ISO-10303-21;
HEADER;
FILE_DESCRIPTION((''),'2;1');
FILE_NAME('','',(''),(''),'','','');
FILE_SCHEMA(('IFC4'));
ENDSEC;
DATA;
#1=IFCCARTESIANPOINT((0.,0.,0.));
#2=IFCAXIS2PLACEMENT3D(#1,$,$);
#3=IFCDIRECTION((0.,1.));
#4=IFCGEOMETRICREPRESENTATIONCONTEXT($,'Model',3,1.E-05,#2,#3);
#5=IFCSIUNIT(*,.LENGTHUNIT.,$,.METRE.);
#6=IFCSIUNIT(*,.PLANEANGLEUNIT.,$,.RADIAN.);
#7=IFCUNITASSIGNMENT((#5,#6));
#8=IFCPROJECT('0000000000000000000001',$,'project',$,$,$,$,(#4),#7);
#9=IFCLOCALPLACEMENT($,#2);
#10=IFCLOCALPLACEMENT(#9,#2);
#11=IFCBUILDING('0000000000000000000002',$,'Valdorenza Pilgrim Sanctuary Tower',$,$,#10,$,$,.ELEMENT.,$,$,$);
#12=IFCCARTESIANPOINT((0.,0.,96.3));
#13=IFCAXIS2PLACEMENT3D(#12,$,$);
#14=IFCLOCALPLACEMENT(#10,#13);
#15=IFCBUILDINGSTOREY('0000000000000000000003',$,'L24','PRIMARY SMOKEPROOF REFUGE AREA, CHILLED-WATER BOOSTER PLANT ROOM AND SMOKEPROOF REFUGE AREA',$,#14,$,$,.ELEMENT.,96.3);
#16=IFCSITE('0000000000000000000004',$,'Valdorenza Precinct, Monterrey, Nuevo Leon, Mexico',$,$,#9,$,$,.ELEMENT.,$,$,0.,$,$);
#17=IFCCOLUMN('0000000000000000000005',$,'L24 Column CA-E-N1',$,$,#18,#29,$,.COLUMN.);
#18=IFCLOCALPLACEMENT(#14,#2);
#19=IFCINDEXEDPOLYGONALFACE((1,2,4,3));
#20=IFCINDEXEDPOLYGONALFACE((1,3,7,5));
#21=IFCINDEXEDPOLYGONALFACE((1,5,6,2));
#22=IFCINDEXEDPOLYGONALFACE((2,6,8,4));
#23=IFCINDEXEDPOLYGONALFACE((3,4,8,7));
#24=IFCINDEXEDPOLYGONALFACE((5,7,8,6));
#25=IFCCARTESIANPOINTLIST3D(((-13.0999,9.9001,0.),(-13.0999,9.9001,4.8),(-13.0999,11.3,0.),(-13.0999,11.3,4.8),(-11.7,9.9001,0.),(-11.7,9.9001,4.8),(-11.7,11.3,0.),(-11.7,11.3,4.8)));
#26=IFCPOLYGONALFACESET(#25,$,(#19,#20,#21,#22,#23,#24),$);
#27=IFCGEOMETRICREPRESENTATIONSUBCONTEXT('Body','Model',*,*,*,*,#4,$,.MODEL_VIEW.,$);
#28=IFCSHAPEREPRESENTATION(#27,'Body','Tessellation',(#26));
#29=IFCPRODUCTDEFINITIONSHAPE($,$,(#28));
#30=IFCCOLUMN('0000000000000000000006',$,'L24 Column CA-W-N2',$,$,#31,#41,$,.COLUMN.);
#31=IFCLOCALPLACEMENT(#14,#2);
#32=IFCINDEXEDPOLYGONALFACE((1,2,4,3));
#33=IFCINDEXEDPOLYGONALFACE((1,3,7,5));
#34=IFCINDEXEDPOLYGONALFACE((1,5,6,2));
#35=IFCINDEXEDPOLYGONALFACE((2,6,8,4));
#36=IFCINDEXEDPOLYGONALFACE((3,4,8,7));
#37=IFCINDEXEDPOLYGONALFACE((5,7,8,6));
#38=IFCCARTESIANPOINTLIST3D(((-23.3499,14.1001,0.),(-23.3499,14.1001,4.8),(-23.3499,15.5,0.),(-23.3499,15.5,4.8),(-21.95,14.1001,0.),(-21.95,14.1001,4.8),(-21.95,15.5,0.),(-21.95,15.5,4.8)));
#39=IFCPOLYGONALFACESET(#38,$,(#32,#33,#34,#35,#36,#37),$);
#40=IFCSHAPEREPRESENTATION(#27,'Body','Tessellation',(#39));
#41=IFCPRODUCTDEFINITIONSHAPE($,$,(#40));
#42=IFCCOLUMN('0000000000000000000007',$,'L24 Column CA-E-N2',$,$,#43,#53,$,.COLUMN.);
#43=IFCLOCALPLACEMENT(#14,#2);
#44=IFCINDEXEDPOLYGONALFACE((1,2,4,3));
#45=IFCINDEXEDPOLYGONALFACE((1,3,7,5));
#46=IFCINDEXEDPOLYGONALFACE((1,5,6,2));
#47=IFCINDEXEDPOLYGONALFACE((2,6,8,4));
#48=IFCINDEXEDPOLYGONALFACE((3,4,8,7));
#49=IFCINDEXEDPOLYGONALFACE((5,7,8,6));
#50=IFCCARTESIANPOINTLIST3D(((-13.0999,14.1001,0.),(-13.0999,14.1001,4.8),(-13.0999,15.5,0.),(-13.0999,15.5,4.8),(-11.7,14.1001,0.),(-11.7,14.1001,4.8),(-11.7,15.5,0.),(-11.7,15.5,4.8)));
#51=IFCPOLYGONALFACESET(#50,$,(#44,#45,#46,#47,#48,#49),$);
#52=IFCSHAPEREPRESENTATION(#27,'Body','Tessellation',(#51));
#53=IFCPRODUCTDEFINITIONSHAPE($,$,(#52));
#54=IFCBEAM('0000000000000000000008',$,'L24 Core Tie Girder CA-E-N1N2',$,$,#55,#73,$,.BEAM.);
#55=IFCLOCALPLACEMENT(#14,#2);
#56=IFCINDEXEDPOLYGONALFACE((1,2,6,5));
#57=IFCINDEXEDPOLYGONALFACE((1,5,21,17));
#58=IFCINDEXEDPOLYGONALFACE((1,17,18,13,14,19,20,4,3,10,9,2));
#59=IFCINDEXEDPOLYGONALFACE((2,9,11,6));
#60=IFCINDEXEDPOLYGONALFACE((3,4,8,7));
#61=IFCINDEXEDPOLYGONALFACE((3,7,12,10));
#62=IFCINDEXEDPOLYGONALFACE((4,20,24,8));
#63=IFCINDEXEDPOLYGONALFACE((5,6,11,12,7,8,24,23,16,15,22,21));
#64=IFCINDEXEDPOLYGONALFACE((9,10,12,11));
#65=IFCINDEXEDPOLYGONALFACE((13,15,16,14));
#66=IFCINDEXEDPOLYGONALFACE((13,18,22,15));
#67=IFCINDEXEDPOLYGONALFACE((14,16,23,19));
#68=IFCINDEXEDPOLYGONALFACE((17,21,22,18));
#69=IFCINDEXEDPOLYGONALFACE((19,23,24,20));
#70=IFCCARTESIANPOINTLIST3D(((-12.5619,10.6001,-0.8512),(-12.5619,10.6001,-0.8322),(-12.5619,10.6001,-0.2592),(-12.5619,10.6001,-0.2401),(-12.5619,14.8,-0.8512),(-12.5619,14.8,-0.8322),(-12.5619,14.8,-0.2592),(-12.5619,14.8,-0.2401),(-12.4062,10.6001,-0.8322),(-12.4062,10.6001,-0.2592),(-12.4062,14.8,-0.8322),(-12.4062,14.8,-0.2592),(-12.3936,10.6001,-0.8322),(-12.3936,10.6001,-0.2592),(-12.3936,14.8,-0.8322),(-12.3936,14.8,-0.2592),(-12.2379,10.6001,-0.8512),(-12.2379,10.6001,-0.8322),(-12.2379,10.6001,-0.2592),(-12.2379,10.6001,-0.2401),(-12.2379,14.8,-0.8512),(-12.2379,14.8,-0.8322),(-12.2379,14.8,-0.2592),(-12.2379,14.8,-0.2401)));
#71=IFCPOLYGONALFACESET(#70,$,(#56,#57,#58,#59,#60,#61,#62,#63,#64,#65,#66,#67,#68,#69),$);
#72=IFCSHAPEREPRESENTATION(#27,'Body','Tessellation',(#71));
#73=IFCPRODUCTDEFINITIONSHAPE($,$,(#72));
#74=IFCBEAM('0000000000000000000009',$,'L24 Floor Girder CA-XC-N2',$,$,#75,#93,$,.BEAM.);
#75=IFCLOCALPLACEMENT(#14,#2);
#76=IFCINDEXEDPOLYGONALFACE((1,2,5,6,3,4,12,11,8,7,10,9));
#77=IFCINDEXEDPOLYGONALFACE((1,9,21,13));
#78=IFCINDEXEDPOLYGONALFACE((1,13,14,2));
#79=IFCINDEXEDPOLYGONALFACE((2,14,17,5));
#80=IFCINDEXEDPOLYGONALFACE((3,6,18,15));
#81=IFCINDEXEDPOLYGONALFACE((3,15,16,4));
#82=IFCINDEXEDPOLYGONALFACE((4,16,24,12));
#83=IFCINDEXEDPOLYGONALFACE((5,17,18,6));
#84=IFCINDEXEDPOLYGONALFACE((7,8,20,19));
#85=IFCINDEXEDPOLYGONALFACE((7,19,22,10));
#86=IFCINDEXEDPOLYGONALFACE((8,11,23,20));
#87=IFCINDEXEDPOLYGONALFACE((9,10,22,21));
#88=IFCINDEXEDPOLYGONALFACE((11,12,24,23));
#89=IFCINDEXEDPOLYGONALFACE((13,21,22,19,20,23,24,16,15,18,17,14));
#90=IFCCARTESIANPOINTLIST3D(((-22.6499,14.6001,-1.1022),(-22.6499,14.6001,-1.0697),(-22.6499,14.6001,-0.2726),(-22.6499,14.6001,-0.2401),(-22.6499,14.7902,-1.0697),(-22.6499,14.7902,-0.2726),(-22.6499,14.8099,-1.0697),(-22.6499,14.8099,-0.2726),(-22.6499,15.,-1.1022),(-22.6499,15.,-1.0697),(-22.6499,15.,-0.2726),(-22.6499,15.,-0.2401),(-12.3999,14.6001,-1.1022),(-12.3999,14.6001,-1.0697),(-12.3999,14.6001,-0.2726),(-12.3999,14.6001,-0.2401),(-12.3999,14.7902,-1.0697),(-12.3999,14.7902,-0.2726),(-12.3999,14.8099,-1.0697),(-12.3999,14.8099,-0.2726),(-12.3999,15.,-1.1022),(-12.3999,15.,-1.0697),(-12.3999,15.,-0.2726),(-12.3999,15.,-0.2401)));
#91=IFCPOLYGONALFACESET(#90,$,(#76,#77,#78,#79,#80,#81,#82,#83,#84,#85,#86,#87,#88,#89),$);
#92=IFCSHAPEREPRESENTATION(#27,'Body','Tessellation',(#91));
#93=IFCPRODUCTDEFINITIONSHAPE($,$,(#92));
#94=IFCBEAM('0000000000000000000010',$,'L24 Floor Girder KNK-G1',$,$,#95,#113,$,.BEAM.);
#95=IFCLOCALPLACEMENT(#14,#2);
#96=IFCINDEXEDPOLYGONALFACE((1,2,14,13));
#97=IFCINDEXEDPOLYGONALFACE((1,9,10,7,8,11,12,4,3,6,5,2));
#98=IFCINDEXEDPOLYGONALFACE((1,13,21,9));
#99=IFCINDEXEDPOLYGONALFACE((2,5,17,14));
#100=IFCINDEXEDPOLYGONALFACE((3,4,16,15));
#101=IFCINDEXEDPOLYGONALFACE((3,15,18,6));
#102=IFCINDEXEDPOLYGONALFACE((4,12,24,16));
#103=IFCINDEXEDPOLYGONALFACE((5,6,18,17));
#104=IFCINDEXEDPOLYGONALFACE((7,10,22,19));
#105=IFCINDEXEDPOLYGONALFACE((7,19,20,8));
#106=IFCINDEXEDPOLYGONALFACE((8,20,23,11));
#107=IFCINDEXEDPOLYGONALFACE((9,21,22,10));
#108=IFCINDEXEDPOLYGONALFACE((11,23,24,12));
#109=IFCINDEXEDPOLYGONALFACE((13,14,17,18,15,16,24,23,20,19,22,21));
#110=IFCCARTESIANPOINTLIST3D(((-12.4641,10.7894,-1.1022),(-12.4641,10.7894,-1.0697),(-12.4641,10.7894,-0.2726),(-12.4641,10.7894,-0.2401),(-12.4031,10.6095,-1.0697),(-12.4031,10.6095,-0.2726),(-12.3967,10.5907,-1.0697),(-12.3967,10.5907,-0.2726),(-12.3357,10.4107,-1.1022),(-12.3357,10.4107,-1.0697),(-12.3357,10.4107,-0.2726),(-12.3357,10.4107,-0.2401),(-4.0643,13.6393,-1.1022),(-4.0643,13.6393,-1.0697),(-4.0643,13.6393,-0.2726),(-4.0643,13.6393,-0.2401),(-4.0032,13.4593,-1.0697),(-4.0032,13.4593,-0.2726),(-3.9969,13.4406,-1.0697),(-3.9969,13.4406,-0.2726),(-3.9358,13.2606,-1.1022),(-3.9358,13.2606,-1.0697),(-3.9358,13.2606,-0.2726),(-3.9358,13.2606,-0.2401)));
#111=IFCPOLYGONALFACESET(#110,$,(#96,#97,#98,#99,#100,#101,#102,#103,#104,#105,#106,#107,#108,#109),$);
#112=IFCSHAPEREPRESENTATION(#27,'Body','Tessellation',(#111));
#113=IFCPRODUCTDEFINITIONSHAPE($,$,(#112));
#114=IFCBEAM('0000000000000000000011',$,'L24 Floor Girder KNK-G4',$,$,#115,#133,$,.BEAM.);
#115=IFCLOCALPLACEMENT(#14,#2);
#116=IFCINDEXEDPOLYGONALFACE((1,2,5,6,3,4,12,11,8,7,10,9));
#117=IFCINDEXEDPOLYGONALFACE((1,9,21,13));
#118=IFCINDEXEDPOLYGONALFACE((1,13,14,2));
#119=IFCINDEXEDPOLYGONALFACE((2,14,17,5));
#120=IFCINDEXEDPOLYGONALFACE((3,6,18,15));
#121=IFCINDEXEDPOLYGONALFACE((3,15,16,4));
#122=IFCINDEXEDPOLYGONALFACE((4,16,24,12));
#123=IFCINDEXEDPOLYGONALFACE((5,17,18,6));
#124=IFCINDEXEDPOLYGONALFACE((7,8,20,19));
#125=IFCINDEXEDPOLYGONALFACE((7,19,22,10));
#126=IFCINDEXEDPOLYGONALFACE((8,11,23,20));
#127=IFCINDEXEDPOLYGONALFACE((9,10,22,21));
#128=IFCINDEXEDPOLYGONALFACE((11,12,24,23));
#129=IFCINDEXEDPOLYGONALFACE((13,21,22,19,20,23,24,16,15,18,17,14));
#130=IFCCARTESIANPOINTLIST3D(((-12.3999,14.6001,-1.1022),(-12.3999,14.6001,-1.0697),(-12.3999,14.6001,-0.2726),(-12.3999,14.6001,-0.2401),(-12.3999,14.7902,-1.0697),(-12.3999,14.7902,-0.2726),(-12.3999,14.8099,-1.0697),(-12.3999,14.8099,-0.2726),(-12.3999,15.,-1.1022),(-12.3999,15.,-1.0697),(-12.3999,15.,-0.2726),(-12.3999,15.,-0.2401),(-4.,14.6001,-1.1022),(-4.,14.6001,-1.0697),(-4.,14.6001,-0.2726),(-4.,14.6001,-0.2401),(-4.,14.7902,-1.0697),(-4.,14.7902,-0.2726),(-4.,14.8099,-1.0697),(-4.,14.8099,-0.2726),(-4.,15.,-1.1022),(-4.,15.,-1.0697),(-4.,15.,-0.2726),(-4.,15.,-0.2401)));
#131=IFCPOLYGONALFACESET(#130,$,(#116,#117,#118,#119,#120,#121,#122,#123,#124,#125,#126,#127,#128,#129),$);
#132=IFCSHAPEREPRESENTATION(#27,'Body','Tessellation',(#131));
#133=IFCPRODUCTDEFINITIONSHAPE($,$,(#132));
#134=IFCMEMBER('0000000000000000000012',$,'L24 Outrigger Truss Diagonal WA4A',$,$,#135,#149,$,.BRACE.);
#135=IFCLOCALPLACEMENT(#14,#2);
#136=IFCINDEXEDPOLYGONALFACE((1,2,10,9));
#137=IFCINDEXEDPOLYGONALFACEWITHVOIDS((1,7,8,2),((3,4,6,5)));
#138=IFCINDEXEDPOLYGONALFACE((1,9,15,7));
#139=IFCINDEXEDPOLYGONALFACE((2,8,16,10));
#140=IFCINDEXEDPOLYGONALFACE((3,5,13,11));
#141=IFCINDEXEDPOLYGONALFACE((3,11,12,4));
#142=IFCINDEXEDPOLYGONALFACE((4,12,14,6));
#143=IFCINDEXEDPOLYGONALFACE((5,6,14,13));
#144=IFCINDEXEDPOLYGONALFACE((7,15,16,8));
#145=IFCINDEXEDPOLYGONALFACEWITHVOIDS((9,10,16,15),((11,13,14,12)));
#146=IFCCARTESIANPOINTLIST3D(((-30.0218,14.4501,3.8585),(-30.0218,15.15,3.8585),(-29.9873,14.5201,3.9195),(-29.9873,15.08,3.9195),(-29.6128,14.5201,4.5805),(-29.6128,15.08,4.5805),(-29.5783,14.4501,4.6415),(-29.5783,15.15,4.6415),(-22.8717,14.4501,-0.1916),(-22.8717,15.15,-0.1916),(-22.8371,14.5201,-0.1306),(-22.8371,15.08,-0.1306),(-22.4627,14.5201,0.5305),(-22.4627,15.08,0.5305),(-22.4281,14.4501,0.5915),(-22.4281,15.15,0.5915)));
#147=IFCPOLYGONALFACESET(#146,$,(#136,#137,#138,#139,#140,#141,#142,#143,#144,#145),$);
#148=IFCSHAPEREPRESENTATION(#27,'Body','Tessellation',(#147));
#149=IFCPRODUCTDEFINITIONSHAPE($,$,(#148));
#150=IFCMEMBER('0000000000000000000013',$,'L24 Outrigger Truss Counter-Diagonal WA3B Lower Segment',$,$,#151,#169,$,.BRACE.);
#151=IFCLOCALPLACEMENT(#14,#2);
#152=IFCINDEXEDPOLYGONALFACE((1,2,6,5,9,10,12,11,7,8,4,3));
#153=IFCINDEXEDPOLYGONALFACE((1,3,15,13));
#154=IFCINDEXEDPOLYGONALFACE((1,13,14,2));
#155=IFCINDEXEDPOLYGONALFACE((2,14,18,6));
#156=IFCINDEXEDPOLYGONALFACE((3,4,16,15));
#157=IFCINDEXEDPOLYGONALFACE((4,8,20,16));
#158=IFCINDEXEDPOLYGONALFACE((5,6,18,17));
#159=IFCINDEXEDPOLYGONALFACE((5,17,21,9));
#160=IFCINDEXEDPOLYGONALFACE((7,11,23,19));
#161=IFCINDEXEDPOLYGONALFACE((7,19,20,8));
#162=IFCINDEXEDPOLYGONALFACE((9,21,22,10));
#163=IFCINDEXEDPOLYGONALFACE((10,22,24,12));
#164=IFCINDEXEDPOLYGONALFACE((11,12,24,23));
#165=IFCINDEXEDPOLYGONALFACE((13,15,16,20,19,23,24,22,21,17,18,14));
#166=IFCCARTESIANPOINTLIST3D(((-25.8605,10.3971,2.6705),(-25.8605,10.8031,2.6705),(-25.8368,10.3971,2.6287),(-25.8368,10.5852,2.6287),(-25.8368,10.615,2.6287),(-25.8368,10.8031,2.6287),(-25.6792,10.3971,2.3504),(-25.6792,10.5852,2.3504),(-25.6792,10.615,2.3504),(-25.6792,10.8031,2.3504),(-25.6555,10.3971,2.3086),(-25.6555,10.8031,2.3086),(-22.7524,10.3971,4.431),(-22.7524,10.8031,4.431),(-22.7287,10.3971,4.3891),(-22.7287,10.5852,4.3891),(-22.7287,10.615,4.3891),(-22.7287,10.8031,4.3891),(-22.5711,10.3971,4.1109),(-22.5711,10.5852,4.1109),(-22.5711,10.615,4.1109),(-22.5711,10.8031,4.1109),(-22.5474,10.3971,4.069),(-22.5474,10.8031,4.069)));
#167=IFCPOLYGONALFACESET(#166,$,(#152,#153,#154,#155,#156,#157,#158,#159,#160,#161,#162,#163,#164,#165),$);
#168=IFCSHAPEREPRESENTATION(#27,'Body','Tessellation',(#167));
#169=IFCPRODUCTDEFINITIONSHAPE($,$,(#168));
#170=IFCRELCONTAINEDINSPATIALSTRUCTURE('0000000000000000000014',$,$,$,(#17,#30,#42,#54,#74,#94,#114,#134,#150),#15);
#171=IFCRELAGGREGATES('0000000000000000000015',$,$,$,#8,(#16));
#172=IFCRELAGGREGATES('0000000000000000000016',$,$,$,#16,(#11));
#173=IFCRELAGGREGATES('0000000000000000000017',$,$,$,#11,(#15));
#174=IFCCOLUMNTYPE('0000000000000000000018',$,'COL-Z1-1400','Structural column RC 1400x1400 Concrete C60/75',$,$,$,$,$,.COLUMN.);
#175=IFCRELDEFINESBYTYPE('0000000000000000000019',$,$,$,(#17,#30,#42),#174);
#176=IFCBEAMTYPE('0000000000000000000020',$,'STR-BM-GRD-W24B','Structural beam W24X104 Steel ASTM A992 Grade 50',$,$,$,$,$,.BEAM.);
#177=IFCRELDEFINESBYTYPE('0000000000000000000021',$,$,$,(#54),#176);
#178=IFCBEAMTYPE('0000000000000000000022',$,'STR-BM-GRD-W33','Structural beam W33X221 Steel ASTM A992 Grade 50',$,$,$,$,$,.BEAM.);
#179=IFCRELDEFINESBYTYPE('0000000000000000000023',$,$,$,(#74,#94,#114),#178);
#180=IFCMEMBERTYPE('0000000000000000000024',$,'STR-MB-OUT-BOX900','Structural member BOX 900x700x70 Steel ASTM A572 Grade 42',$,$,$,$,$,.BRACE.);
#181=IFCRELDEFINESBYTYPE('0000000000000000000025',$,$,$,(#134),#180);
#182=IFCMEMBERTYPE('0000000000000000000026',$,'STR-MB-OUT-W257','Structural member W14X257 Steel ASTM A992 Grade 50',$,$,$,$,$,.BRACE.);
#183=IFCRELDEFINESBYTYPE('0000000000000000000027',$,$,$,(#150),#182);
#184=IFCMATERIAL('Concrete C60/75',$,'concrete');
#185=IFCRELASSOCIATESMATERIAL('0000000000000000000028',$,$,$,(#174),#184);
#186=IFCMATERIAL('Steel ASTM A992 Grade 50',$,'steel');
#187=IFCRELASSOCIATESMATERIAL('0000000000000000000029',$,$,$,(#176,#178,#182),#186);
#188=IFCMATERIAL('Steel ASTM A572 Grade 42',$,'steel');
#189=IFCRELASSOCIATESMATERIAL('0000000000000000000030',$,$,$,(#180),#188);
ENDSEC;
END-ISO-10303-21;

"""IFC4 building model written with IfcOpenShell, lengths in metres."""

from ifc_helpers import new_model, si_unit, direction, frame, origin, origin_2d, place, context, subcontext, project, spatial, rectangle, hollow_rectangle, i_section, extrude, source, transform, mapped, material, material_profile, profile_set, type_object, element, save


model = new_model("IFC4")

# Units and contexts
model_context = context("Model", 3, precision=1e-05, world=origin(), true_north=direction((0.0, 1.0)))
body_context = subcontext(model_context, "Body", "Model", "MODEL_VIEW")
ifc_project = project(units=[si_unit("LENGTHUNIT", "METRE"), si_unit("PLANEANGLEUNIT", "RADIAN")], contexts=[model_context])

# Site, building, storey
site_placement = place(None, origin())
site = spatial("IfcSite", under=ifc_project, at=site_placement, Name="Valdorenza Precinct, Monterrey, Nuevo Leon, Mexico", CompositionType="ELEMENT", RefElevation=0.0)
building_placement = place(site_placement, origin())
building = spatial("IfcBuilding", under=site, at=building_placement, Name="Valdorenza Pilgrim Sanctuary Tower", CompositionType="ELEMENT")
storey_placement = place(building_placement, frame((0.0, 0.0, 96.3)))
storey = spatial("IfcBuildingStorey", under=building, at=storey_placement, Name="L24", Description="PRIMARY SMOKEPROOF REFUGE AREA, CHILLED-WATER BOOSTER PLANT ROOM AND SMOKEPROOF REFUGE AREA", CompositionType="ELEMENT", Elevation=96.3)

# Columns
ifc_material_1 = material(Name="Concrete C60/75", Category="concrete")
ifc_material_profile_1 = material_profile(ifc_material_1, rectangle(XDim=1.3999, YDim=1.3999, at=origin_2d()), Name="RC 1400x1400")
ifc_profile_set_1 = profile_set([ifc_material_profile_1], Name="Concrete C60/75")
column_type = type_object("IfcColumnType", Name="COL-Z1-1400", Description="Structural column RC 1400x1400 Concrete C60/75", PredefinedType="COLUMN", material=ifc_profile_set_1)
shared_shape_1 = source(origin(), body_context, "Body", "SweptSolid", [
    extrude(rectangle(XDim=1.3999, YDim=1.3999, at=origin_2d()), origin(), (0.0, 0.0, 1.0), 4.8),
])
for number, where, z_axis, x_axis, name in (
    (1, (-12.3999, 10.6001, 0.0), (0.0, 0.0, 1.0), (1.0, 0.0, 0.0), "L24 Column CA-E-N1"),
    (2, (-22.6499, 14.8, 0.0), (0.0, 0.0, 1.0), (1.0, 0.0, 0.0), "L24 Column CA-W-N2"),
    (3, (-12.3999, 14.8, 0.0), (0.0, 0.0, 1.0), (1.0, 0.0, 0.0), "L24 Column CA-E-N2"),
):
    element("IfcColumn", number, at=place(storey_placement, frame(where, z_axis=z_axis, x_axis=x_axis)), inside=storey, type_object=column_type, Name=name, PredefinedType="COLUMN", context=body_context, shape_type="MappedRepresentation", body=[
        mapped(shared_shape_1, transform((0.0, 0.0, 0.0), x_axis=(1.0, 0.0, 0.0), y_axis=(0.0, 1.0, 0.0), z_axis=(0.0, 0.0, 1.0), scale=1.0)),
    ])

# Beams
ifc_material_2 = material(Name="Steel ASTM A992 Grade 50", Category="steel")
ifc_material_profile_2 = material_profile(ifc_material_2, i_section(OverallWidth=0.324, OverallDepth=0.6111, WebThickness=0.0127, FlangeThickness=0.019, at=origin_2d()), Name="W24X104")
ifc_profile_set_2 = profile_set([ifc_material_profile_2], Name="Steel ASTM A992 Grade 50")
beam_type_1 = type_object("IfcBeamType", Name="STR-BM-GRD-W24B", Description="Structural beam W24X104 Steel ASTM A992 Grade 50", PredefinedType="BEAM", material=ifc_profile_set_2)
shared_shape_2 = source(origin(), body_context, "Body", "SweptSolid", [
    extrude(i_section(OverallWidth=0.324, OverallDepth=0.6111, WebThickness=0.0127, FlangeThickness=0.019, at=origin_2d()), origin(), (0.0, 0.0, 1.0), 4.2),
])
beam_1_placement = place(storey_placement, frame((-12.3999, 10.6001, -0.5457), z_axis=(0.0, 1.0, 0.0), x_axis=(-1.0, 0.0, 0.0)))
element("IfcBeam", 4, at=beam_1_placement, inside=storey, type_object=beam_type_1, Name="L24 Core Tie Girder CA-E-N1N2", PredefinedType="BEAM", context=body_context, shape_type="MappedRepresentation", body=[
    mapped(shared_shape_2, transform((0.0, 0.0, 0.0), x_axis=(1.0, 0.0, 0.0), y_axis=(0.0, 1.0, 0.0), z_axis=(0.0, 0.0, 1.0), scale=1.0)),
])
ifc_material_profile_3 = material_profile(ifc_material_2, i_section(OverallWidth=0.3999, OverallDepth=0.8621, WebThickness=0.0198, FlangeThickness=0.0325, at=origin_2d()), Name="W33X221")
ifc_profile_set_3 = profile_set([ifc_material_profile_3], Name="Steel ASTM A992 Grade 50")
beam_type_2 = type_object("IfcBeamType", Name="STR-BM-GRD-W33", Description="Structural beam W33X221 Steel ASTM A992 Grade 50", PredefinedType="BEAM", material=ifc_profile_set_3)
shared_shape_3 = source(origin(), body_context, "Body", "SweptSolid", [
    extrude(i_section(OverallWidth=0.3999, OverallDepth=0.8621, WebThickness=0.0198, FlangeThickness=0.0325, at=origin_2d()), origin(), (0.0, 0.0, 1.0), 10.25),
])
beam_2_placement = place(storey_placement, frame((-22.6499, 14.8, -0.6711), z_axis=(1.0, 0.0, 0.0), x_axis=(0.0, 1.0, 0.0)))
element("IfcBeam", 5, at=beam_2_placement, inside=storey, type_object=beam_type_2, Name="L24 Floor Girder CA-XC-N2", PredefinedType="BEAM", context=body_context, shape_type="MappedRepresentation", body=[
    mapped(shared_shape_3, transform((0.0, 0.0, 0.0), x_axis=(1.0, 0.0, 0.0), y_axis=(0.0, 1.0, 0.0), z_axis=(0.0, 0.0, 1.0), scale=1.0)),
])
shared_shape_4 = source(origin(), body_context, "Body", "SweptSolid", [
    extrude(i_section(OverallWidth=0.3999, OverallDepth=0.8621, WebThickness=0.0198, FlangeThickness=0.0325, at=origin_2d()), origin(), (0.0, 0.0, 1.0), 8.8701),
])
beam_3_placement = place(storey_placement, frame((-12.3999, 10.6001, -0.6711), z_axis=(0.946983, 0.321285, 0.0), x_axis=(-0.321285, 0.946983, 0.0)))
element("IfcBeam", 6, at=beam_3_placement, inside=storey, type_object=beam_type_2, Name="L24 Floor Girder KNK-G1", PredefinedType="BEAM", context=body_context, shape_type="MappedRepresentation", body=[
    mapped(shared_shape_4, transform((0.0, 0.0, 0.0), x_axis=(1.0, 0.0, 0.0), y_axis=(0.0, 1.0, 0.0), z_axis=(0.0, 0.0, 1.0), scale=1.0)),
])
shared_shape_5 = source(origin(), body_context, "Body", "SweptSolid", [
    extrude(i_section(OverallWidth=0.3999, OverallDepth=0.8621, WebThickness=0.0198, FlangeThickness=0.0325, at=origin_2d()), origin(), (0.0, 0.0, 1.0), 8.3999),
])
beam_4_placement = place(storey_placement, frame((-12.3999, 14.8, -0.6711), z_axis=(1.0, 0.0, 0.0), x_axis=(0.0, 1.0, 0.0)))
element("IfcBeam", 7, at=beam_4_placement, inside=storey, type_object=beam_type_2, Name="L24 Floor Girder KNK-G4", PredefinedType="BEAM", context=body_context, shape_type="MappedRepresentation", body=[
    mapped(shared_shape_5, transform((0.0, 0.0, 0.0), x_axis=(1.0, 0.0, 0.0), y_axis=(0.0, 1.0, 0.0), z_axis=(0.0, 0.0, 1.0), scale=1.0)),
])

# Members
ifc_material_3 = material(Name="Steel ASTM A572 Grade 42", Category="steel")
ifc_material_profile_4 = material_profile(ifc_material_3, hollow_rectangle(XDim=0.7, YDim=0.8999, WallThickness=0.0701, at=origin_2d()), Name="BOX 900x700x70")
ifc_profile_set_4 = profile_set([ifc_material_profile_4], Name="Steel ASTM A572 Grade 42")
member_type_1 = type_object("IfcMemberType", Name="STR-MB-OUT-BOX900", Description="Structural member BOX 900x700x70 Steel ASTM A572 Grade 42", PredefinedType="BRACE", material=ifc_profile_set_4)
shared_shape_6 = source(origin(), body_context, "Body", "SweptSolid", [
    extrude(hollow_rectangle(XDim=0.7, YDim=0.8999, WallThickness=0.0701, at=origin_2d()), origin(), (0.0, 0.0, 1.0), 8.2175),
])
member_1_placement = place(storey_placement, frame((-22.6499, 14.8, 0.2), z_axis=(-0.870111, 0.0, 0.492856), x_axis=(0.0, -1.0, 0.0)))
element("IfcMember", 8, at=member_1_placement, inside=storey, type_object=member_type_1, Name="L24 Outrigger Truss Diagonal WA4A", PredefinedType="BRACE", context=body_context, shape_type="MappedRepresentation", body=[
    mapped(shared_shape_6, transform((0.0, 0.0, 0.0), x_axis=(1.0, 0.0, 0.0), y_axis=(0.0, 1.0, 0.0), z_axis=(0.0, 0.0, 1.0), scale=1.0)),
])
ifc_material_profile_5 = material_profile(ifc_material_2, i_section(OverallWidth=0.406, OverallDepth=0.416, WebThickness=0.0298, FlangeThickness=0.0481, at=origin_2d()), Name="W14X257")
ifc_profile_set_5 = profile_set([ifc_material_profile_5], Name="Steel ASTM A992 Grade 50")
member_type_2 = type_object("IfcMemberType", Name="STR-MB-OUT-W257", Description="Structural member W14X257 Steel ASTM A992 Grade 50", PredefinedType="BRACE", material=ifc_profile_set_5)
shared_shape_7 = source(origin(), body_context, "Body", "SweptSolid", [
    extrude(i_section(OverallWidth=0.406, OverallDepth=0.416, WebThickness=0.0298, FlangeThickness=0.0481, at=origin_2d()), origin(), (0.0, 0.0, 1.0), 3.572),
])
for number, where, z_axis, x_axis, name in (
    (9, (-22.6499, 10.6001, 4.25), (-0.870117, 0.0, -0.492845), (0.0, -1.0, 0.0), "L24 Outrigger Truss Counter-Diagonal WA3B Lower Segment"),
):
    element("IfcMember", number, at=place(storey_placement, frame(where, z_axis=z_axis, x_axis=x_axis)), inside=storey, type_object=member_type_2, Name=name, PredefinedType="BRACE", context=body_context, shape_type="MappedRepresentation", body=[
        mapped(shared_shape_7, transform((0.0, 0.0, 0.0), x_axis=(1.0, 0.0, 0.0), y_axis=(0.0, 1.0, 0.0), z_axis=(0.0, 0.0, 1.0), scale=1.0)),
    ])

save(model, "model.ifc")
